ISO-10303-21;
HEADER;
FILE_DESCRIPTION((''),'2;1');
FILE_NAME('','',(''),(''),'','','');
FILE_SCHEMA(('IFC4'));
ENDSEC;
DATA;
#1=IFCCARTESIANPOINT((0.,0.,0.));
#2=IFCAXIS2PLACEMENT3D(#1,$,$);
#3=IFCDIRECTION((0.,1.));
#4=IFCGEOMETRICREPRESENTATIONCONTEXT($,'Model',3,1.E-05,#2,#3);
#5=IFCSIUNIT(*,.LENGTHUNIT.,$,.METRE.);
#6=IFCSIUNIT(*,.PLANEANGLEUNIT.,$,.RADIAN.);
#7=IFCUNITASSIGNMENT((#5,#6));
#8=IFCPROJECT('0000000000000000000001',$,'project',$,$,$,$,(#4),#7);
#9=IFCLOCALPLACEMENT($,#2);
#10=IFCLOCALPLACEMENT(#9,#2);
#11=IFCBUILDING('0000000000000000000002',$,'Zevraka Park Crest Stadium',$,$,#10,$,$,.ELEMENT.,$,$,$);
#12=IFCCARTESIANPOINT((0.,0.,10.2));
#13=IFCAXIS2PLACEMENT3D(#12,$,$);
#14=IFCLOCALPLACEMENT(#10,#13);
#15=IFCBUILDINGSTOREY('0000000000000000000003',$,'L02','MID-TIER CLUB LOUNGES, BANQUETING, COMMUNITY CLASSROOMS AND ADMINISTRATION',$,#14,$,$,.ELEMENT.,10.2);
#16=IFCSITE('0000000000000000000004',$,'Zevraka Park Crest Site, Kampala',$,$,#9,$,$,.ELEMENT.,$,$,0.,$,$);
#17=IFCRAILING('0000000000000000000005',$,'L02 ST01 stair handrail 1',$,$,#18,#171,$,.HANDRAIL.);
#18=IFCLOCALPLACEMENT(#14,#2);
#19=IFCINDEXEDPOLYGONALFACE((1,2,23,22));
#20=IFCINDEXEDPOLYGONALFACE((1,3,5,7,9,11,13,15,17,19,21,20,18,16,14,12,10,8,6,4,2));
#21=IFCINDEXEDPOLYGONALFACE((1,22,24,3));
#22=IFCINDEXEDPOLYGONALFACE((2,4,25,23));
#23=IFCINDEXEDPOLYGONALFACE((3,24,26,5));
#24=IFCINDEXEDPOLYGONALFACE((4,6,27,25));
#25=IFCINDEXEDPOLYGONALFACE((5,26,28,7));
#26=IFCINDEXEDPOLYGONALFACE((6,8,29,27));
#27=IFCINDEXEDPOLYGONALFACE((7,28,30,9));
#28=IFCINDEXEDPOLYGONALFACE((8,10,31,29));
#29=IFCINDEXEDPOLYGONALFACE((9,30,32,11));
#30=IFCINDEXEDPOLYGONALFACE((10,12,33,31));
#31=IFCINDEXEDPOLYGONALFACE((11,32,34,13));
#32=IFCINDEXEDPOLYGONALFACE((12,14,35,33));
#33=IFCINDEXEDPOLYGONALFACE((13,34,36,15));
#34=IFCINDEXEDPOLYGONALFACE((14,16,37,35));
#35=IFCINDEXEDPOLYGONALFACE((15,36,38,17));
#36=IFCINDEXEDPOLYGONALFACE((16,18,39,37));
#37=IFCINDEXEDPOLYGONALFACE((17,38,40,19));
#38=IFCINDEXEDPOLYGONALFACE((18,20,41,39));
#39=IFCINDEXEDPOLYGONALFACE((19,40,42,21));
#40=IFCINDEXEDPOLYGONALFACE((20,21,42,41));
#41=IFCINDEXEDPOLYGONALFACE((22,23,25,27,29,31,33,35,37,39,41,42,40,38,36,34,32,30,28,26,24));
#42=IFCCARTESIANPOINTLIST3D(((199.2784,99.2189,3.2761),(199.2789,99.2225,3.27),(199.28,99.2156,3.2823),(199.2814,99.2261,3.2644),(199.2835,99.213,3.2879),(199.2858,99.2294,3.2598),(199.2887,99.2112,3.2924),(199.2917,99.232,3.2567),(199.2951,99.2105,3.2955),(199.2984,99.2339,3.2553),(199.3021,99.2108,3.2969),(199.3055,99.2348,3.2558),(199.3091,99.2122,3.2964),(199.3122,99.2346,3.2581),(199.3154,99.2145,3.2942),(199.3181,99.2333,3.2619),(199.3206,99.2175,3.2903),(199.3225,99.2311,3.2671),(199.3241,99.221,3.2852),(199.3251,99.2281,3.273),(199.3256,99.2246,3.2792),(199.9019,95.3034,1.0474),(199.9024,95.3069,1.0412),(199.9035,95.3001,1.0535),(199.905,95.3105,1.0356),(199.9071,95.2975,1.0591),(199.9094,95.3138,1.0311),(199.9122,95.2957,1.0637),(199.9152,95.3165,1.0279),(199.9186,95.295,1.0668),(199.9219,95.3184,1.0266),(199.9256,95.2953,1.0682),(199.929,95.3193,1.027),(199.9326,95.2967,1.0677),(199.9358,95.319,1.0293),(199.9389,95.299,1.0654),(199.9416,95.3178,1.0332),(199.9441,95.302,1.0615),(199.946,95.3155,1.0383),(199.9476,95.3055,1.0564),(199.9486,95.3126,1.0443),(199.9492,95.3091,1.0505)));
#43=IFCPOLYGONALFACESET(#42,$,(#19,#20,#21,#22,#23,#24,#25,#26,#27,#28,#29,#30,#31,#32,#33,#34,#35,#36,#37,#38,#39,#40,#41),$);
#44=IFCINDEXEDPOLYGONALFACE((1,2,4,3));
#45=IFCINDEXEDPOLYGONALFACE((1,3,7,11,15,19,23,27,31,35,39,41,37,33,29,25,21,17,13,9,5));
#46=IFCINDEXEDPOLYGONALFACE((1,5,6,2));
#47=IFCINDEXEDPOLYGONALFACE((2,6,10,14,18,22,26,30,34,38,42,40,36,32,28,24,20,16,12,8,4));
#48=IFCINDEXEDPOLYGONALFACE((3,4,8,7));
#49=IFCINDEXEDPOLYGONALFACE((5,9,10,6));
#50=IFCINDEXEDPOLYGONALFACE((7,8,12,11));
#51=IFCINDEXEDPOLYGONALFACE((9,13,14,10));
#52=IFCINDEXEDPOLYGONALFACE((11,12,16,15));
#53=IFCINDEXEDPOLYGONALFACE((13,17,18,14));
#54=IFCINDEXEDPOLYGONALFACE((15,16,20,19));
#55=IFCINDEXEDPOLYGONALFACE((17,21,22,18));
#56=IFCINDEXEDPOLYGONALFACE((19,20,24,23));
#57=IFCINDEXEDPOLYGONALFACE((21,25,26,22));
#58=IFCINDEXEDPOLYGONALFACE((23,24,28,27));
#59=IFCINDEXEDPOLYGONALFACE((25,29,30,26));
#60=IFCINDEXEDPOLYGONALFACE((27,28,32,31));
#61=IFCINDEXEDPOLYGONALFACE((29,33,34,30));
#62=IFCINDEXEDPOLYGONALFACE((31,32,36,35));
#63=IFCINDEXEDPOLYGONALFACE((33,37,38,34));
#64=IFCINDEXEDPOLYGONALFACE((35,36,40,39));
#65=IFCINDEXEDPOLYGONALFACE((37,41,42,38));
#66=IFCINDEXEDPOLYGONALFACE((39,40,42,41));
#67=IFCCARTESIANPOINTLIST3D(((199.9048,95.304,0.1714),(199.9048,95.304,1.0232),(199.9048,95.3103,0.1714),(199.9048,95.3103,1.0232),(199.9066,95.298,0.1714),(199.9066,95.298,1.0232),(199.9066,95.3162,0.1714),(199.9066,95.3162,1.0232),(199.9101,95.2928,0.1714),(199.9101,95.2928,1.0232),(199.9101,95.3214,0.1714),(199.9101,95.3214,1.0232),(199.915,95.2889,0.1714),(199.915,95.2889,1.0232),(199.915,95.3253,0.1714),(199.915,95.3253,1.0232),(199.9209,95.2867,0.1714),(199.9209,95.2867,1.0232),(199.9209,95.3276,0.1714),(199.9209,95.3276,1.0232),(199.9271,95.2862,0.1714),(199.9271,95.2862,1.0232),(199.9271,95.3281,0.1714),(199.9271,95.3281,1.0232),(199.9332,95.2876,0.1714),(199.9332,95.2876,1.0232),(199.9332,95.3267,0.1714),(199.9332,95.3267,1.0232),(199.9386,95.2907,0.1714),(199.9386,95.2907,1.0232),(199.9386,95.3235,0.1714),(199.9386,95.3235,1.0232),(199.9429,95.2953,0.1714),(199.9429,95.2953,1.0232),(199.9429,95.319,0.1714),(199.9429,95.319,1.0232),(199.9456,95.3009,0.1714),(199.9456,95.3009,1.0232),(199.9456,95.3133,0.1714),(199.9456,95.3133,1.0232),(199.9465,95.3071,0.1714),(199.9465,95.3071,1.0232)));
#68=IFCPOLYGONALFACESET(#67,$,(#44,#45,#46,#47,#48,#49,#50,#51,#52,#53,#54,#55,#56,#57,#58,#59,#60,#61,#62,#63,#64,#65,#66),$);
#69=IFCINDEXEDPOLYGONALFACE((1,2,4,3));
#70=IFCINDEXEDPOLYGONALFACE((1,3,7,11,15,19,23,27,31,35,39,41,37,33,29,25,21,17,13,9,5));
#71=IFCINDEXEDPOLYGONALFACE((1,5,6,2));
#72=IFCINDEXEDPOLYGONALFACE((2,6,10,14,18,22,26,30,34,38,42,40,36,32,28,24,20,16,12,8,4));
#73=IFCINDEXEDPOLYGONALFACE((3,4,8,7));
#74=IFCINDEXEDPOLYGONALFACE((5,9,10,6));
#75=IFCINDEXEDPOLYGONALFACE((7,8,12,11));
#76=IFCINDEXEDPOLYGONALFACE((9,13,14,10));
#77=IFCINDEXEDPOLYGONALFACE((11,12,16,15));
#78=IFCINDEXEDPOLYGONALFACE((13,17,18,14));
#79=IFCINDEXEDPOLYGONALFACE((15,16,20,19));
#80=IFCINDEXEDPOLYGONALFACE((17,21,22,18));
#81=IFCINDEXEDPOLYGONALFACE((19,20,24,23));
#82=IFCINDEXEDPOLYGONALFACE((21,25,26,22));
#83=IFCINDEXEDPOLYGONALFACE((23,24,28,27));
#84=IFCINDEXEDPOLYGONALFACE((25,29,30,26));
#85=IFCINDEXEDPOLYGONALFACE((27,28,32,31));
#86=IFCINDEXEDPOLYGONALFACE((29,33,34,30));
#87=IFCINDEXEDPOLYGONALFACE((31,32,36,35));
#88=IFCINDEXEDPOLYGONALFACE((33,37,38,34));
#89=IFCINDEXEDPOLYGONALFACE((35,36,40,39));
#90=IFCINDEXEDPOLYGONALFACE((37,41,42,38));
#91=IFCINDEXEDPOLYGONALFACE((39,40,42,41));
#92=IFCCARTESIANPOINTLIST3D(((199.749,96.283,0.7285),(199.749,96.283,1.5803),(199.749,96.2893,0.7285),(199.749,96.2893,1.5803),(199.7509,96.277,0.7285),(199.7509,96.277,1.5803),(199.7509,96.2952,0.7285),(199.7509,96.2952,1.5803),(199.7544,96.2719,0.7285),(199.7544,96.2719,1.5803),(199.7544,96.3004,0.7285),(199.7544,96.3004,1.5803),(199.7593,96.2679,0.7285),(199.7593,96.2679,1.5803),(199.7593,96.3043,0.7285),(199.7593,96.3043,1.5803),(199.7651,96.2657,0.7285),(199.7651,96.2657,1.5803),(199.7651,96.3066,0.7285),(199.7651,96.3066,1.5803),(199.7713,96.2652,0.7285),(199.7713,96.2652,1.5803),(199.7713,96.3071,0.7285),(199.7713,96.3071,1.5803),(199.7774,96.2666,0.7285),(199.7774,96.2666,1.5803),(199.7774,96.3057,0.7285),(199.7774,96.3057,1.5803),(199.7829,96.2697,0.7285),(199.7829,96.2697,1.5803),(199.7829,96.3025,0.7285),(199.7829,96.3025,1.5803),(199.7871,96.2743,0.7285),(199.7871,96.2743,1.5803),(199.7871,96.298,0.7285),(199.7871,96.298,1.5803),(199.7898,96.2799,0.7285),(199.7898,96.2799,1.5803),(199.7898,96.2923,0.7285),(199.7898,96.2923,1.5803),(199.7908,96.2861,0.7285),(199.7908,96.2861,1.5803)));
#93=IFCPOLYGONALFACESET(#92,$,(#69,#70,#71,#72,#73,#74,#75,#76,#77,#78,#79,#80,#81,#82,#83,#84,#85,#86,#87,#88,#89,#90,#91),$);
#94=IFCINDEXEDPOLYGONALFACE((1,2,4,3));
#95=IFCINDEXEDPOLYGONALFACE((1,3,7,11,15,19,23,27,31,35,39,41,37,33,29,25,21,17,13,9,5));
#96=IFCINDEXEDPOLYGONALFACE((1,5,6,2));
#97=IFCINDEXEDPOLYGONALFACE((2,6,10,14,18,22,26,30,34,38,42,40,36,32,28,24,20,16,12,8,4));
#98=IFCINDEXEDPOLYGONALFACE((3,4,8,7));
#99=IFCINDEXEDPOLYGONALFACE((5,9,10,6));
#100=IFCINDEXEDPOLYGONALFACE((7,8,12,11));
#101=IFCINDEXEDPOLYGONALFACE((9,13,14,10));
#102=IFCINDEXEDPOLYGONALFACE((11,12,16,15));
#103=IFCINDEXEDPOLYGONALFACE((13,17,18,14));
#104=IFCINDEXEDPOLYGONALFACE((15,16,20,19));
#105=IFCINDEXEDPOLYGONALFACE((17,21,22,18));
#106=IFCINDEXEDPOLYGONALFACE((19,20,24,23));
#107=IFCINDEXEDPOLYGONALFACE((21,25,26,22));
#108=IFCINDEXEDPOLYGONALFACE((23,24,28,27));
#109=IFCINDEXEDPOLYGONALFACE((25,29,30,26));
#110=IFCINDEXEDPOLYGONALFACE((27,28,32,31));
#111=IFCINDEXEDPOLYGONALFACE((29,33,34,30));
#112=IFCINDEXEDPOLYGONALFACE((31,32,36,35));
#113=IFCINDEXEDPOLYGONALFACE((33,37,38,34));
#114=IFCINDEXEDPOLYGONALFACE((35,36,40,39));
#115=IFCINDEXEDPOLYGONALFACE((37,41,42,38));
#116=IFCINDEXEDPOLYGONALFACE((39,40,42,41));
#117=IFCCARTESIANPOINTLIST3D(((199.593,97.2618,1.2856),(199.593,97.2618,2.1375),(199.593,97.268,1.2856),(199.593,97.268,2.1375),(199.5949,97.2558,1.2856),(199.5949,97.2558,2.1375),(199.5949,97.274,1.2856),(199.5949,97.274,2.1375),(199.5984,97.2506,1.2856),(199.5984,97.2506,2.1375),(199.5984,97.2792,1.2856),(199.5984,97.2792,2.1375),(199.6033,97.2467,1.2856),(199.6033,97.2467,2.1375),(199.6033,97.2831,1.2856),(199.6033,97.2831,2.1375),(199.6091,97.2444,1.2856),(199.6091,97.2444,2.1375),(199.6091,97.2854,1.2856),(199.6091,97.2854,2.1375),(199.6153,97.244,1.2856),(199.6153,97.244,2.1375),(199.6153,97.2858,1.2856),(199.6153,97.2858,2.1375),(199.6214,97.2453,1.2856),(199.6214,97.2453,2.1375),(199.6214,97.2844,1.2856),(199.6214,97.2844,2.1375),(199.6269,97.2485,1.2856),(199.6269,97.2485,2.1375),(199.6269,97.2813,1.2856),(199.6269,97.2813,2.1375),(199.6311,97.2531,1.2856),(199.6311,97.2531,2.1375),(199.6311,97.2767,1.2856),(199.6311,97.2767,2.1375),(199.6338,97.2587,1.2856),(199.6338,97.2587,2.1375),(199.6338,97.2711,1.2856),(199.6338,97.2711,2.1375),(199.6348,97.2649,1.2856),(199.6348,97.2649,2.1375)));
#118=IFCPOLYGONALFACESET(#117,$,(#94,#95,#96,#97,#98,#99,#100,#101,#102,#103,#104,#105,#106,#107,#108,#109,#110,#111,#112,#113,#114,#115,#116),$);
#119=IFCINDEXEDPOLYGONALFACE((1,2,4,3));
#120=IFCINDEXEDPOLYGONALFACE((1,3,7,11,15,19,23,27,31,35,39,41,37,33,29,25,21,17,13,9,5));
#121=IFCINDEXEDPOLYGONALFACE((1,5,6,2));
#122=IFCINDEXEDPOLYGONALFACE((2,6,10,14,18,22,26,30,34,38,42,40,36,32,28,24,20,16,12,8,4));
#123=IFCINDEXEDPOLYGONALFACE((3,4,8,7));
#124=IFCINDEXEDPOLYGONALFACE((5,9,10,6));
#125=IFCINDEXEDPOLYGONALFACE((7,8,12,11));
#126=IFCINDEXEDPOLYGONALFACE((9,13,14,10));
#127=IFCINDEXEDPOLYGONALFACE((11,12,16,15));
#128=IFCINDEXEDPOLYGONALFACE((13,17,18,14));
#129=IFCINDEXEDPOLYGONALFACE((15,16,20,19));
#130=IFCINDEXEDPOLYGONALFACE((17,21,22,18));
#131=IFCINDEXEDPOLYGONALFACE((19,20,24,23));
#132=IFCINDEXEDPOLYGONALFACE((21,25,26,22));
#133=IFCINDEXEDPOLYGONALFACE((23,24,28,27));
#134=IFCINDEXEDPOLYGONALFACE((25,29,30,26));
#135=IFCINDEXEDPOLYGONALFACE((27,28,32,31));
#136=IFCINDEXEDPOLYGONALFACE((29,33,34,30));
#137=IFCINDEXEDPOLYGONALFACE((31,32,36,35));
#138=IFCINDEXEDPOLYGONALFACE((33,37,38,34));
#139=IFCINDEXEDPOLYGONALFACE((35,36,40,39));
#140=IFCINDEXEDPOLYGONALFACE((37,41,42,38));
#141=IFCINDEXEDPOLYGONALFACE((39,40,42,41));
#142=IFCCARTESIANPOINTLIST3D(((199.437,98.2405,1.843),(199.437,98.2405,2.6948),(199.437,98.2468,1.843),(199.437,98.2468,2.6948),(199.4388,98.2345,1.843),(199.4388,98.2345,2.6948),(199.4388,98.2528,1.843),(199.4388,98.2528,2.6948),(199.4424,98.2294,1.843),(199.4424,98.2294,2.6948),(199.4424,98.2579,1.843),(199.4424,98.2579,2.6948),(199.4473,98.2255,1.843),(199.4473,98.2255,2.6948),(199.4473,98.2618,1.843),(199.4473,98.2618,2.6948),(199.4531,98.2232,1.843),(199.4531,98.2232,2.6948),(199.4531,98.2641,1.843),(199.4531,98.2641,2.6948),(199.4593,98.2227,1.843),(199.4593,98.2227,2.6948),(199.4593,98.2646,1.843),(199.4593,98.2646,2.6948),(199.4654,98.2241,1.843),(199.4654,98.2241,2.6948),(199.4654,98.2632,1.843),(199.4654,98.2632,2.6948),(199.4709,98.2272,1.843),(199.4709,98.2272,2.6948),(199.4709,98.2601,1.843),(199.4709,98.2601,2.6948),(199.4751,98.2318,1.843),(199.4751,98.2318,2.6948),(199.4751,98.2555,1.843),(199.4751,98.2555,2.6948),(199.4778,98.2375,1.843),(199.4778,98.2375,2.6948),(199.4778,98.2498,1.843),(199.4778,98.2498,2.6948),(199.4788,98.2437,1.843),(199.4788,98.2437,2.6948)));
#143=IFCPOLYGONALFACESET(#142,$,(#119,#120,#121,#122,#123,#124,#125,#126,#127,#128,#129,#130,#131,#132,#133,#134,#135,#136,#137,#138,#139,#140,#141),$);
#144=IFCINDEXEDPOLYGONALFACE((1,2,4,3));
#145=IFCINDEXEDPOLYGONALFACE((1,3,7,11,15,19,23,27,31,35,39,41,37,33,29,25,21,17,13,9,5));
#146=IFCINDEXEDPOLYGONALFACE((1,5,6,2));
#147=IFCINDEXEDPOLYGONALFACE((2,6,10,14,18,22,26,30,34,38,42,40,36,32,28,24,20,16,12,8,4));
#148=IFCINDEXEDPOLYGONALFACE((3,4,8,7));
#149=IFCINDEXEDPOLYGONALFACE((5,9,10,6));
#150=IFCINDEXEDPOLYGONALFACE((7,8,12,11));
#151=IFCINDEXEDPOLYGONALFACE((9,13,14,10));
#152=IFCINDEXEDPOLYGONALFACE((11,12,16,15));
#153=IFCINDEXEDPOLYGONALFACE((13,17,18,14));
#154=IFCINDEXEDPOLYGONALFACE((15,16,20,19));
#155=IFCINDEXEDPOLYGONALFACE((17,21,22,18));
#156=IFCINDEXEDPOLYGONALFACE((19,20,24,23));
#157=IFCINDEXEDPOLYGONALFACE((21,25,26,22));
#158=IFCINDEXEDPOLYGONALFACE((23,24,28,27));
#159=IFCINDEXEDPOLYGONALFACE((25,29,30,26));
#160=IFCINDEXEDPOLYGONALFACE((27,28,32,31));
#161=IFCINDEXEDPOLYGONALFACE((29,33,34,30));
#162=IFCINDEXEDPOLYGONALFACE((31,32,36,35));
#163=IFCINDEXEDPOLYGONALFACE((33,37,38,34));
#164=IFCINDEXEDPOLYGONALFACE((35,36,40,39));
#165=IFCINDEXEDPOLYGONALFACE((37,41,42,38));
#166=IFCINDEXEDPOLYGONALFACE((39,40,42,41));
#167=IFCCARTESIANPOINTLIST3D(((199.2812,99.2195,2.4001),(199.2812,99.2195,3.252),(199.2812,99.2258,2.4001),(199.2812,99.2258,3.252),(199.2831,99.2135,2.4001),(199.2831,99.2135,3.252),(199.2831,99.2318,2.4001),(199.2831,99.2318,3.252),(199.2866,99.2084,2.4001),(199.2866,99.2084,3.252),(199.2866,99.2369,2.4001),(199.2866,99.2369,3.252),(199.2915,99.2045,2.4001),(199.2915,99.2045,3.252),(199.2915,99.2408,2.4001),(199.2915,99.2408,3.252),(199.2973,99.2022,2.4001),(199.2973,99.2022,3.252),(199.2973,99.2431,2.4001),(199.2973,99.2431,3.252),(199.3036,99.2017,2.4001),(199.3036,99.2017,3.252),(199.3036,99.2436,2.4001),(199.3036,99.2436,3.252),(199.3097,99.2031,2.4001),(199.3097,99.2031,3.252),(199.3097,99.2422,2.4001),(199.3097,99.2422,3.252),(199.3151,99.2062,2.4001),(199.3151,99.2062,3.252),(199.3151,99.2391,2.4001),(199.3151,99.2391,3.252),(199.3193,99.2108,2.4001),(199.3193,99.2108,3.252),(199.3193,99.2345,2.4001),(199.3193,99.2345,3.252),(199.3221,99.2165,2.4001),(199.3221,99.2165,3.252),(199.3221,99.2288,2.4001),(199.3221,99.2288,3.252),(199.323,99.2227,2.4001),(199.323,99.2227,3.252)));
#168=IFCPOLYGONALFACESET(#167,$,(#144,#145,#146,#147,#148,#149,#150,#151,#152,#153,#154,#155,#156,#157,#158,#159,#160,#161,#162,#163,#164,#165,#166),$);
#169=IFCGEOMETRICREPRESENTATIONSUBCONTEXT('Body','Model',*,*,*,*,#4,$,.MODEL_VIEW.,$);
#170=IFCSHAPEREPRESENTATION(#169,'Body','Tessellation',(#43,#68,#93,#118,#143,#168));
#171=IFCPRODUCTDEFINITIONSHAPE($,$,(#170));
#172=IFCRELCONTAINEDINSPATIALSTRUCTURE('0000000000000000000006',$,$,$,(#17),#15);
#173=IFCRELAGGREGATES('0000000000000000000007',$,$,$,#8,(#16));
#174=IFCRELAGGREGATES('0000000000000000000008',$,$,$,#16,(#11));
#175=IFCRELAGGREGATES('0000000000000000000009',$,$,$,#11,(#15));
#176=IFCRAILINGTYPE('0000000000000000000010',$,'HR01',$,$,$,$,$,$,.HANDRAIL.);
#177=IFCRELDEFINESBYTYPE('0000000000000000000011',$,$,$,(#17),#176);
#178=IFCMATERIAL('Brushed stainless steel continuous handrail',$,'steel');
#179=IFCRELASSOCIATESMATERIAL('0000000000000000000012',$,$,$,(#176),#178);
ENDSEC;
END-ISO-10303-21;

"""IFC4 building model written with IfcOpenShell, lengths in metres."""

from ifc_helpers import new_model, si_unit, direction, frame, origin, origin_2d, place, context, subcontext, project, spatial, circle, extrude, material, type_object, element, save


model = new_model("IFC4")

# Units and contexts
model_context = context("Model", 3, precision=1e-05, world=origin(), true_north=direction((0.0, 1.0)))
body_context = subcontext(model_context, "Body", "Model", "MODEL_VIEW")
ifc_project = project(units=[si_unit("LENGTHUNIT", "METRE"), si_unit("PLANEANGLEUNIT", "RADIAN")], contexts=[model_context])

# Site, building, storey
site_placement = place(None, origin())
site = spatial("IfcSite", under=ifc_project, at=site_placement, Name="Zevraka Park Crest Site, Kampala", CompositionType="ELEMENT", RefElevation=0.0)
building_placement = place(site_placement, origin())
building = spatial("IfcBuilding", under=site, at=building_placement, Name="Zevraka Park Crest Stadium", CompositionType="ELEMENT")
storey_placement = place(building_placement, frame((0.0, 0.0, 10.2)))
storey = spatial("IfcBuildingStorey", under=building, at=storey_placement, Name="L02", Description="MID-TIER CLUB LOUNGES, BANQUETING, COMMUNITY CLASSROOMS AND ADMINISTRATION", CompositionType="ELEMENT", Elevation=10.2)

# Railing
ifc_material_1 = material(Name="Brushed stainless steel continuous handrail", Category="steel")
railing_type_1 = type_object("IfcRailingType", Name="HR01", PredefinedType="HANDRAIL", material=ifc_material_1)
railing_1_placement = place(storey_placement, frame((199.9255, 95.3071, 0.1714)))
element("IfcRailing", 1, at=railing_1_placement, inside=storey, type_object=railing_type_1, Name="L02 ST01 stair handrail 1", PredefinedType="HANDRAIL", context=body_context, shape_type="SweptSolid", body=[
    extrude(circle(Radius=0.0239, at=origin_2d()), frame((0.0, 0.0, 0.876), z_axis=(-0.13709, 0.860867, 0.490015), x_axis=(-0.987556, -0.157265, 0.0)), (0.0, 0.0, 1.0), 4.5483),
    extrude(circle(Radius=0.021, at=origin_2d()), origin(), (0.0, 0.0, 1.0), 0.8518),
    extrude(circle(Radius=0.021, at=origin_2d()), frame((-0.1558, 0.979, 0.5571)), (0.0, 0.0, 1.0), 0.8518),
    extrude(circle(Radius=0.021, at=origin_2d()), frame((-0.3118, 1.9578, 1.1143)), (0.0, 0.0, 1.0), 0.8518),
    extrude(circle(Radius=0.021, at=origin_2d()), frame((-0.4678, 2.9365, 1.6716)), (0.0, 0.0, 1.0), 0.8518),
    extrude(circle(Radius=0.021, at=origin_2d()), frame((-0.6235, 3.9155, 2.2288)), (0.0, 0.0, 1.0), 0.8518),
])

save(model, "model.ifc")
